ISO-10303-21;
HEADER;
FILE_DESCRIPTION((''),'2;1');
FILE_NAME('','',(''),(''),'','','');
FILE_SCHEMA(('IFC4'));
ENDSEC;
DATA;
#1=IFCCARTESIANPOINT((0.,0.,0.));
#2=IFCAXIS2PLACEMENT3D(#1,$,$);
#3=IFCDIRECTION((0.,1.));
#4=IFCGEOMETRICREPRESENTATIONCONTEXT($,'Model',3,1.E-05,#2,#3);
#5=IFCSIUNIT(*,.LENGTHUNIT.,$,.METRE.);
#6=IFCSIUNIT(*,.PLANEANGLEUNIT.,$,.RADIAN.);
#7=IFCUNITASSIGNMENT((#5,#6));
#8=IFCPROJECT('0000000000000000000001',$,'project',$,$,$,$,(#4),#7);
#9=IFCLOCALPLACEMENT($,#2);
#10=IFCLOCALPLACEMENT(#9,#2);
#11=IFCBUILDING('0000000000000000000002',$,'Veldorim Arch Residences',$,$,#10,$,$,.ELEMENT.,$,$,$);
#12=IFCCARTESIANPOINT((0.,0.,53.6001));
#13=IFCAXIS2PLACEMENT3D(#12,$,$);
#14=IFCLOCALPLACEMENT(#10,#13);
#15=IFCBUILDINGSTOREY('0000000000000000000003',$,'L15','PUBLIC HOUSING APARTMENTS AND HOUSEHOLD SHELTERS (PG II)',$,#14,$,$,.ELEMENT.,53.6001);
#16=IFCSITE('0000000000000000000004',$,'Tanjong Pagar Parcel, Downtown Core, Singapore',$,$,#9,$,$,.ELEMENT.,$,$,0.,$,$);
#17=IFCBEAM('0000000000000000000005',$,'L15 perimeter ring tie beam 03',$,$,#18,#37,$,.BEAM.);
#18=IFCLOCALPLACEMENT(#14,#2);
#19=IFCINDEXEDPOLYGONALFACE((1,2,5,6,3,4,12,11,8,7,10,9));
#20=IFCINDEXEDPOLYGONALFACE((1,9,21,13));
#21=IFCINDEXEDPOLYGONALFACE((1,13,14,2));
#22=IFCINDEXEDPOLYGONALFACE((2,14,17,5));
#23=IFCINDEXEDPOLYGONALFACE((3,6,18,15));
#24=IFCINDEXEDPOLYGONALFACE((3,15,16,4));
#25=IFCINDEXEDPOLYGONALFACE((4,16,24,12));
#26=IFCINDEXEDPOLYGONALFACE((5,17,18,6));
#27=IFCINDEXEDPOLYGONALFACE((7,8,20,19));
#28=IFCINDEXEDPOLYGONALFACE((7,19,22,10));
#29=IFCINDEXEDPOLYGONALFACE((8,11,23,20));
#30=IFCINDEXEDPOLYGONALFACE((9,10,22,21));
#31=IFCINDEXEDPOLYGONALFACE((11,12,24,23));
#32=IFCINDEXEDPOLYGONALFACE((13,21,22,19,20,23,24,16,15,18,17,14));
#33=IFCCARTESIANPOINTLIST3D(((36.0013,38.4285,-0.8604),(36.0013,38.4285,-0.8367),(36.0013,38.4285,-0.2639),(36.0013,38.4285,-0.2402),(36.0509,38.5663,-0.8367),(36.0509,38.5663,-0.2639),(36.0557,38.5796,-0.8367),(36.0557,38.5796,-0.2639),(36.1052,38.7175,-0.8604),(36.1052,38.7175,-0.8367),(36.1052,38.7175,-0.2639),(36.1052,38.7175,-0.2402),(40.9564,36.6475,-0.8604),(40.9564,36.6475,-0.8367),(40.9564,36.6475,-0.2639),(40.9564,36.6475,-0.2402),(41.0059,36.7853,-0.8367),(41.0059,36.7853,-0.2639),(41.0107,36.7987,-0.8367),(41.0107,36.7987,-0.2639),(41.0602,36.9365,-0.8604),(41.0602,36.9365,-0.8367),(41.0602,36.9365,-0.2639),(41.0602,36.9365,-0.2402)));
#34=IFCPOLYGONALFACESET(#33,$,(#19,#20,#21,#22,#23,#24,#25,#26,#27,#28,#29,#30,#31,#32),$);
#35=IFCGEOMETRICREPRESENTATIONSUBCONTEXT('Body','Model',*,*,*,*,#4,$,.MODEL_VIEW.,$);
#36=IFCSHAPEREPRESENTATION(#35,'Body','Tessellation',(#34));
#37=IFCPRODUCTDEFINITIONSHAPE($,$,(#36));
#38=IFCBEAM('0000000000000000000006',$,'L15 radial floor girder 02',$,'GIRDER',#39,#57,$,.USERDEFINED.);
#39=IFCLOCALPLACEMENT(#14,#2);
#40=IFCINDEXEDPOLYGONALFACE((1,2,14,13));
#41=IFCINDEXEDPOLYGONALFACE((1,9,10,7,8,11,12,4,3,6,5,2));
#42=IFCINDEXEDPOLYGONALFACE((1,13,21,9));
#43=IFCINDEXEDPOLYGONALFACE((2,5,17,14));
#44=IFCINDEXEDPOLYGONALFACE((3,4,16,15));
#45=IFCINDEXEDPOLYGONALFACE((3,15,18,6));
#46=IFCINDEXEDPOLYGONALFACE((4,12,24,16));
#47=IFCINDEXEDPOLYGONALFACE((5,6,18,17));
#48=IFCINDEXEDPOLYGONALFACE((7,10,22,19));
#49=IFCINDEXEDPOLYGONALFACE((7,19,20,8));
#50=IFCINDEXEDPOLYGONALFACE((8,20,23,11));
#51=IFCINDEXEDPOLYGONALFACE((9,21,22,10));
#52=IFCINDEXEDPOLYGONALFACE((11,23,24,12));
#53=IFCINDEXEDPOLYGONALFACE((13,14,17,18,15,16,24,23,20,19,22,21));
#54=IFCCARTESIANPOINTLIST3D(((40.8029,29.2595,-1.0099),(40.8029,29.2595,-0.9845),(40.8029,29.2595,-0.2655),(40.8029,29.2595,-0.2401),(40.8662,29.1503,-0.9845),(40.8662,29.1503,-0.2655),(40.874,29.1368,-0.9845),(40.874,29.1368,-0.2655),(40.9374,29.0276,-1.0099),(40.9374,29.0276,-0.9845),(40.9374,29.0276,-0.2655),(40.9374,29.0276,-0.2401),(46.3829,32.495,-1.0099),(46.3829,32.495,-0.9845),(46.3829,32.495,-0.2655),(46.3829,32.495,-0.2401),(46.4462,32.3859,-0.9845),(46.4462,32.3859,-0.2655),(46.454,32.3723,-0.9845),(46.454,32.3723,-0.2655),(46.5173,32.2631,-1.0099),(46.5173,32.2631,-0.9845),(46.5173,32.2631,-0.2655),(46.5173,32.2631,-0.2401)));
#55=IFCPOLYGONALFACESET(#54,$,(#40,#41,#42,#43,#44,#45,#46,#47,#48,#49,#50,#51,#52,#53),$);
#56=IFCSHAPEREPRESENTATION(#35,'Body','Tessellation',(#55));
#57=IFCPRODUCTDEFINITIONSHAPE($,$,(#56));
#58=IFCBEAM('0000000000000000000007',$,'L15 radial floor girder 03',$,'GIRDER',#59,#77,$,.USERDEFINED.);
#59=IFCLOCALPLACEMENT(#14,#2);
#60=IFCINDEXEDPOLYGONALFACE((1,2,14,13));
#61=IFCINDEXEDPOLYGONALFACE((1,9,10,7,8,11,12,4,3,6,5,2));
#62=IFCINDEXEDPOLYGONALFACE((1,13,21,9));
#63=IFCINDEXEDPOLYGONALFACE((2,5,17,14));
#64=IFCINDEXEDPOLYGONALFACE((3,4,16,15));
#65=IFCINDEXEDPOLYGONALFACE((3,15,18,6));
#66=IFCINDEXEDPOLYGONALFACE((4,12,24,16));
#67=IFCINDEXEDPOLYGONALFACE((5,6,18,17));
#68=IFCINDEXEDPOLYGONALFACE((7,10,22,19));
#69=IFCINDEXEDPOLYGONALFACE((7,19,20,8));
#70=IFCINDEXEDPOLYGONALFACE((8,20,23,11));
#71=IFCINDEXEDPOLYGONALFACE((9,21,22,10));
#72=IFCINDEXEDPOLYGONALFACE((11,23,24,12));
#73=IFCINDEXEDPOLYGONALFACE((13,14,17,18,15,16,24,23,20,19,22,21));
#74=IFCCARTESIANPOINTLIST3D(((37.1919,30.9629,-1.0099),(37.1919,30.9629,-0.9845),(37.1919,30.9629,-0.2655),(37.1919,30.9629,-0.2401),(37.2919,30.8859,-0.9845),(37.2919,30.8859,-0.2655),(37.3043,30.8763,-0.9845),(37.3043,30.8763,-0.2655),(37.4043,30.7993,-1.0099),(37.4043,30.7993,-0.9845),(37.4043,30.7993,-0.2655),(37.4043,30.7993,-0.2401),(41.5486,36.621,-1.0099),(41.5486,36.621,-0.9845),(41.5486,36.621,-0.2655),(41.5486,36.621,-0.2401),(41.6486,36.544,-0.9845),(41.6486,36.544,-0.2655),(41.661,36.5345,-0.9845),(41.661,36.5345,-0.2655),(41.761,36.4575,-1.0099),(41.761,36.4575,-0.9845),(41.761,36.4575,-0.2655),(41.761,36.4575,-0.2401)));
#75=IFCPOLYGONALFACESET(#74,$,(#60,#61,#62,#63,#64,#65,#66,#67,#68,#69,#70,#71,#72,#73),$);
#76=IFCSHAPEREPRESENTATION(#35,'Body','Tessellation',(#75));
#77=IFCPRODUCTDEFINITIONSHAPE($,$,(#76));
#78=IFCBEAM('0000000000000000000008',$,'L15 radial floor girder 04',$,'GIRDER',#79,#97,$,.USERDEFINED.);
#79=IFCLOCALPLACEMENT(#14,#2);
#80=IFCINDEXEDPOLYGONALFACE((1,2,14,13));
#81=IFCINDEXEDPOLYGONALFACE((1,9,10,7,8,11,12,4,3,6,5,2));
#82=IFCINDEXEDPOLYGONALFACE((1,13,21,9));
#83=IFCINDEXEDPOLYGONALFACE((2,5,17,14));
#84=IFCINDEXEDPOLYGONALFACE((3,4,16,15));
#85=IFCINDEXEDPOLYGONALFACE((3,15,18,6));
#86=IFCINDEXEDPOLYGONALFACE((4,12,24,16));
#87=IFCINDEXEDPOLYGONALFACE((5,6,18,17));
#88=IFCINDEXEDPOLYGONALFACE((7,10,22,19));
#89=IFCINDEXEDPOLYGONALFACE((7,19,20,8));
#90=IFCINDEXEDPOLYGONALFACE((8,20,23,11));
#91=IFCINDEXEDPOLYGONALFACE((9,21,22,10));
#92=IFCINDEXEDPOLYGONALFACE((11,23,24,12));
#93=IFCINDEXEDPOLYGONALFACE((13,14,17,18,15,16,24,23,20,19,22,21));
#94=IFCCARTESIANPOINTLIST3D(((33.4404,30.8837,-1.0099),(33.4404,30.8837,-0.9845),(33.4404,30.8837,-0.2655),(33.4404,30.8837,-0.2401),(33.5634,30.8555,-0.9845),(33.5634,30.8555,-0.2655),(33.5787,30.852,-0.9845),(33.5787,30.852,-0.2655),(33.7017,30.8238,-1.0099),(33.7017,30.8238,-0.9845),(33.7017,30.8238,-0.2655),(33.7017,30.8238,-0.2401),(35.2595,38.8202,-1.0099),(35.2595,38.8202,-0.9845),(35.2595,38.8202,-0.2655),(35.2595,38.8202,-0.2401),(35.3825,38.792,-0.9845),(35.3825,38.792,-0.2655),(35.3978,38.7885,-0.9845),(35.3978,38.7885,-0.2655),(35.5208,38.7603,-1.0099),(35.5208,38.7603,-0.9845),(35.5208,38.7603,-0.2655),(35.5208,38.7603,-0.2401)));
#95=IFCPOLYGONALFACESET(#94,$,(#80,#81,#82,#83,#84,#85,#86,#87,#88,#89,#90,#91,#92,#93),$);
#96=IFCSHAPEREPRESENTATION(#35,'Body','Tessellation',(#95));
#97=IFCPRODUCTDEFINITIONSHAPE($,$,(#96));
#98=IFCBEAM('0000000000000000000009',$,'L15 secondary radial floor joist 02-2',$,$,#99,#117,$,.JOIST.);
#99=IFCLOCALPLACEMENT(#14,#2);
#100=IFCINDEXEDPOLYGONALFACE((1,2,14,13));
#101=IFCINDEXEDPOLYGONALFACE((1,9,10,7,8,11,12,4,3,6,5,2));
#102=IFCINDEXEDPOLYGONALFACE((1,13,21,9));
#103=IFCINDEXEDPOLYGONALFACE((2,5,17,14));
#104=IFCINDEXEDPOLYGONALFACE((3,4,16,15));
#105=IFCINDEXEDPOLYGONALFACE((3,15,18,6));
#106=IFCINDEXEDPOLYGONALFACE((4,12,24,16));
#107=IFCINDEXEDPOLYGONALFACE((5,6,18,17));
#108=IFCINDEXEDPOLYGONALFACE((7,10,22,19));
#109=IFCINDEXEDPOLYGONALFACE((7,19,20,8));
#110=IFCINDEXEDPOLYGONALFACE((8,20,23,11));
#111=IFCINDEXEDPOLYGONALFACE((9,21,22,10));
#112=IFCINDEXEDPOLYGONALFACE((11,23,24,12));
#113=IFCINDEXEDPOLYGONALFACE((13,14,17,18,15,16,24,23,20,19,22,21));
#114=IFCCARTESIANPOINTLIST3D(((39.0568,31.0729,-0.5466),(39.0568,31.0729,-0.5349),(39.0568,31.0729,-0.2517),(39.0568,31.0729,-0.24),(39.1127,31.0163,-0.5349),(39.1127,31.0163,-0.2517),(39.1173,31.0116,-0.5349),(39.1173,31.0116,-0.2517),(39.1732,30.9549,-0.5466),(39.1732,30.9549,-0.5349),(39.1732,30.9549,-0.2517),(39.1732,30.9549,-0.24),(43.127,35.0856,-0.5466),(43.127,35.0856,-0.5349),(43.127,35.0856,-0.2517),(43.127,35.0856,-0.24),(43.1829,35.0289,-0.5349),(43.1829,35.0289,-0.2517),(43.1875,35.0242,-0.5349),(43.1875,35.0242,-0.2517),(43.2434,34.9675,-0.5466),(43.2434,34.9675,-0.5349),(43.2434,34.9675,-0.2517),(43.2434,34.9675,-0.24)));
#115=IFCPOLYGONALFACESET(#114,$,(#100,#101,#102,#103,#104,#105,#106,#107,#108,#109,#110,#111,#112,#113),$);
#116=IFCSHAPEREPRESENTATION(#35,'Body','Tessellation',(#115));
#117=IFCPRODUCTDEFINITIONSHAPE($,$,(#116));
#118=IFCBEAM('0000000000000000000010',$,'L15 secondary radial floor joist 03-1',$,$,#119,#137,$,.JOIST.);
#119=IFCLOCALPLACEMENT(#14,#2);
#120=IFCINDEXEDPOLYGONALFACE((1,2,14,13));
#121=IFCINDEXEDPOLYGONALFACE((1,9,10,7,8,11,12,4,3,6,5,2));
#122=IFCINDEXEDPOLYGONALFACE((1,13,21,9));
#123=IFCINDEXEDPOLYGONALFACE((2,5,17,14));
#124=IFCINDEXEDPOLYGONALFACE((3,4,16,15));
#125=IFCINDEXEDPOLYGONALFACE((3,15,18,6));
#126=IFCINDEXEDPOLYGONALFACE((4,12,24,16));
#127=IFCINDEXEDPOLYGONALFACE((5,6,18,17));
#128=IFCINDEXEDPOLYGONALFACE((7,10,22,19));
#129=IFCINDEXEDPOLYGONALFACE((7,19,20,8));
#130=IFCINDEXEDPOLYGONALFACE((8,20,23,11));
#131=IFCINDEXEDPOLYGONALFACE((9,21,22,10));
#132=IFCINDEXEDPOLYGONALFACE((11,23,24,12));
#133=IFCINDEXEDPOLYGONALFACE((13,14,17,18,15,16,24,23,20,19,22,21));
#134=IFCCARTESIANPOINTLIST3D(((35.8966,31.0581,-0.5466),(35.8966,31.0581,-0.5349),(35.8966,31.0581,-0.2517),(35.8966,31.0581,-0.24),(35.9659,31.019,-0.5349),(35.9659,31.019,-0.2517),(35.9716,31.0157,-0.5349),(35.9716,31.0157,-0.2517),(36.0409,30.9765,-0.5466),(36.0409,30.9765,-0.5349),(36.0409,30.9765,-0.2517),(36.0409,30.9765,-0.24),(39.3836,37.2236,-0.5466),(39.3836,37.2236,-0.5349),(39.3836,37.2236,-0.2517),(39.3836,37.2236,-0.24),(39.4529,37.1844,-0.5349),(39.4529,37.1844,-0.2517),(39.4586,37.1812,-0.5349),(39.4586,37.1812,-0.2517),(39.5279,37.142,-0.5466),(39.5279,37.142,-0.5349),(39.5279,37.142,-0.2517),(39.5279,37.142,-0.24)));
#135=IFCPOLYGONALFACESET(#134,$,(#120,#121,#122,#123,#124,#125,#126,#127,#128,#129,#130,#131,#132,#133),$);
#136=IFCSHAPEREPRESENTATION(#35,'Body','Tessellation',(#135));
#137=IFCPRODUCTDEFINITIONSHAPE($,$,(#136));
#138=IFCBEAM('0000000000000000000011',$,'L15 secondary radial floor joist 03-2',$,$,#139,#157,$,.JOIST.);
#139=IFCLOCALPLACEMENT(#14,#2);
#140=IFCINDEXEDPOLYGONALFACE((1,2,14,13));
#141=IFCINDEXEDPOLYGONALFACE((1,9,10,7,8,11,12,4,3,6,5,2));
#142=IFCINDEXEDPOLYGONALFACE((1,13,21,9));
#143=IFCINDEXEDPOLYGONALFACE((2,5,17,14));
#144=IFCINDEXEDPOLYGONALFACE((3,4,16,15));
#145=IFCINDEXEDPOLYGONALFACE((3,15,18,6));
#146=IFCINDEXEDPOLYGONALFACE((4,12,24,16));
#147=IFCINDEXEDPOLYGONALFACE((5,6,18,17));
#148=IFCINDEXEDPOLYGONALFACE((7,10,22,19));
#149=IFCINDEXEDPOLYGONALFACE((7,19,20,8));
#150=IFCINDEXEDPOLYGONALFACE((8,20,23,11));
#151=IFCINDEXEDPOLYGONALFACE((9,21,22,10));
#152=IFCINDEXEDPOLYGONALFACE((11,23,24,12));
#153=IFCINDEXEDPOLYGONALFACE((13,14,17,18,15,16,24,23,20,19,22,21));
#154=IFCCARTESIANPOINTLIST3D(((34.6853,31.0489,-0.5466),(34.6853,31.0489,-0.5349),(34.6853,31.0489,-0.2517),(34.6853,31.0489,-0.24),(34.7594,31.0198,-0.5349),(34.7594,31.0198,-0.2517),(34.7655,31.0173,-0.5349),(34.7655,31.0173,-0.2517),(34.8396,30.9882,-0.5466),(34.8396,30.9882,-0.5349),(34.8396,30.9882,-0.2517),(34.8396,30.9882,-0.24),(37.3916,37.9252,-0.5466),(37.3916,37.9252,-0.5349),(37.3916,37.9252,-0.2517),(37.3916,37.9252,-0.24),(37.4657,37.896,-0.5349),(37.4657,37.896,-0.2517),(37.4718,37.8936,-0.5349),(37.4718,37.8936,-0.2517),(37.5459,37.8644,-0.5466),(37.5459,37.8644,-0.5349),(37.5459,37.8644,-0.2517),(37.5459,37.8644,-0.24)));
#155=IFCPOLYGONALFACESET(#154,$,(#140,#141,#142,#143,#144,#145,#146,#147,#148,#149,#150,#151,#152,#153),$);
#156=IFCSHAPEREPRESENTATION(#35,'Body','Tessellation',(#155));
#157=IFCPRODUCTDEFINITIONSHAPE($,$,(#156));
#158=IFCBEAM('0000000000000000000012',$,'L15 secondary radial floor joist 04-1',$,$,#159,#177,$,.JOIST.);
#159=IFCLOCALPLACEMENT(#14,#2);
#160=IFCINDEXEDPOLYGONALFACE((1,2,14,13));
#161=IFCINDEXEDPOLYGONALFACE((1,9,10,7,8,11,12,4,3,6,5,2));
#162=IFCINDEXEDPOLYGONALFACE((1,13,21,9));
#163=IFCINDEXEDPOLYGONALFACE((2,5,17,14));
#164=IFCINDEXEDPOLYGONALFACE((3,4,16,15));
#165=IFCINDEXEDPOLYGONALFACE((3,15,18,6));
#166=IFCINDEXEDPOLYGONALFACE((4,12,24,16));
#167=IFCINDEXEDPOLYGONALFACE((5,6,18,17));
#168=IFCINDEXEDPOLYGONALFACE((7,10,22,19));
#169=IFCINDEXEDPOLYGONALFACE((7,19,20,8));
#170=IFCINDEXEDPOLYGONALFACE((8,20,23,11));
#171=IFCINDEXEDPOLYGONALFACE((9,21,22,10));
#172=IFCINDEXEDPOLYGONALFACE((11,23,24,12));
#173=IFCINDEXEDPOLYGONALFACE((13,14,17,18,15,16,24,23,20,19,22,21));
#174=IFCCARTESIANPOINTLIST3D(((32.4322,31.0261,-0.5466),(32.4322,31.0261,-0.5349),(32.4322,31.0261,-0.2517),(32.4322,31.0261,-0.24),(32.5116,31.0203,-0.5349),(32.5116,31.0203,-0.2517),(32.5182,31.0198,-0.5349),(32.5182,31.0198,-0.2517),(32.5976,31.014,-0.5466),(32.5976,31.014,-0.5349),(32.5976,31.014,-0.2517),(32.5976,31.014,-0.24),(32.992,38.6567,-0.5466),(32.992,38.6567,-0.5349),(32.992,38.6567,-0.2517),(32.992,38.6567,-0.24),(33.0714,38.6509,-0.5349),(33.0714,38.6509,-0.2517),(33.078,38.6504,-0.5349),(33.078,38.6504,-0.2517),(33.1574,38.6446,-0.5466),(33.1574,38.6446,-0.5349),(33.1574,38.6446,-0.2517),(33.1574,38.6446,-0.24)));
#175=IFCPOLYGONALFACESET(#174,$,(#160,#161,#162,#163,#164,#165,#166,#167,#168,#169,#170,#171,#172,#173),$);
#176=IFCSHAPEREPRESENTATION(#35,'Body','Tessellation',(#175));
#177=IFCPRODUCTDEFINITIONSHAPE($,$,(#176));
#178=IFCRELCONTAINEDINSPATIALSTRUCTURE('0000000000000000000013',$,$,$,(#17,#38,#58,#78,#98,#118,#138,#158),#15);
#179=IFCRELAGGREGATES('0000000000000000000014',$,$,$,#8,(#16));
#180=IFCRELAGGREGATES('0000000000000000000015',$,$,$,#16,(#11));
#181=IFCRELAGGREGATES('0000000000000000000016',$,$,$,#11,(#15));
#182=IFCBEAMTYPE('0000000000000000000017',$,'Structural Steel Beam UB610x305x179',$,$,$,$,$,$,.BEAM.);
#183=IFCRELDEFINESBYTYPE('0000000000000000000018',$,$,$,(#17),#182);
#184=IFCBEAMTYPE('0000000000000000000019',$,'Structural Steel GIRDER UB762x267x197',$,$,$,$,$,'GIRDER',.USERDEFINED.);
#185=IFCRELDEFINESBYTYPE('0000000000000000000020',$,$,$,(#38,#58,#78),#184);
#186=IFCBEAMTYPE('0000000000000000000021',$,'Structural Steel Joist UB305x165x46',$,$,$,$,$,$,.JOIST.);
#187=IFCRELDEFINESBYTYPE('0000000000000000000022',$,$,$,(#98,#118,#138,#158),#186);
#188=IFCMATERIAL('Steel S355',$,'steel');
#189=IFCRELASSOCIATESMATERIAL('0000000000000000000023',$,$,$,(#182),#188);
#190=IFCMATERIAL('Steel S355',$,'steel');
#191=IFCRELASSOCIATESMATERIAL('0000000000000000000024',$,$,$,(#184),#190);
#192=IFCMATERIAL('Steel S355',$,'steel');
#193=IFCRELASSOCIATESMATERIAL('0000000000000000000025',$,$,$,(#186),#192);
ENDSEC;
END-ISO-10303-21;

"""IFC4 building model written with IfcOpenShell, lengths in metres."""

from ifc_helpers import new_model, si_unit, direction, frame, origin, origin_2d, place, context, subcontext, project, spatial, i_section, extrude, material, material_profile, profile_set, type_object, element, save


model = new_model("IFC4")

# Units and contexts
model_context = context("Model", 3, precision=1e-05, world=origin(), true_north=direction((0.0, 1.0)))
body_context = subcontext(model_context, "Body", "Model", "MODEL_VIEW")
ifc_project = project(units=[si_unit("LENGTHUNIT", "METRE"), si_unit("PLANEANGLEUNIT", "RADIAN")], contexts=[model_context])

# Site, building, storey
site_placement = place(None, origin())
site = spatial("IfcSite", under=ifc_project, at=site_placement, Name="Tanjong Pagar Parcel, Downtown Core, Singapore", CompositionType="ELEMENT", RefElevation=0.0)
building_placement = place(site_placement, origin())
building = spatial("IfcBuilding", under=site, at=building_placement, Name="Veldorim Arch Residences", CompositionType="ELEMENT")
storey_placement = place(building_placement, frame((0.0, 0.0, 53.6001)))
storey = spatial("IfcBuildingStorey", under=building, at=storey_placement, Name="L15", Description="PUBLIC HOUSING APARTMENTS AND HOUSEHOLD SHELTERS (PG II)", CompositionType="ELEMENT", Elevation=53.6001)

# Beams
ifc_material_1 = material(Name="Steel S355", Category="steel")
ifc_material_profile_1 = material_profile(ifc_material_1, i_section(OverallWidth=0.3071, OverallDepth=0.6201, WebThickness=0.0142, FlangeThickness=0.0237, at=origin_2d()), Name="UB610x305x179")
ifc_profile_set_1 = profile_set([ifc_material_profile_1], Name="Steel S355")
beam_type_1 = type_object("IfcBeamType", Name="Structural Steel Beam UB610x305x179", PredefinedType="BEAM", material=ifc_profile_set_1)
beam_1_placement = place(storey_placement, frame((41.0083, 36.792, -0.5503), z_axis=(-0.941058, 0.338245, 0.0), x_axis=(-0.338245, -0.941058, 0.0)))
element("IfcBeam", 1, at=beam_1_placement, inside=storey, type_object=beam_type_1, Name="L15 perimeter ring tie beam 03", PredefinedType="BEAM", context=body_context, shape_type="SweptSolid", body=[
    extrude(i_section(OverallWidth=0.3071, OverallDepth=0.6201, WebThickness=0.0142, FlangeThickness=0.0237, at=origin_2d()), origin(), (0.0, 0.0, 1.0), 5.2654),
])
ifc_material_2 = material(Name="Steel S355", Category="steel")
ifc_material_profile_2 = material_profile(ifc_material_2, i_section(OverallWidth=0.2681, OverallDepth=0.7698, WebThickness=0.0156, FlangeThickness=0.0254, at=origin_2d()), Name="UB762x267x197")
ifc_profile_set_2 = profile_set([ifc_material_profile_2], Name="Steel S355")
beam_type_2 = type_object("IfcBeamType", Name="Structural Steel GIRDER UB762x267x197", ElementType="GIRDER", PredefinedType="USERDEFINED", material=ifc_profile_set_2)
beam_2_placement = place(storey_placement, frame((40.8701, 29.1436, -0.625), z_axis=(0.865088, 0.50162, 0.0), x_axis=(-0.50162, 0.865088, 0.0)))
element("IfcBeam", 2, at=beam_2_placement, inside=storey, type_object=beam_type_2, Name="L15 radial floor girder 02", ObjectType="GIRDER", PredefinedType="USERDEFINED", context=body_context, shape_type="SweptSolid", body=[
    extrude(i_section(OverallWidth=0.2681, OverallDepth=0.7698, WebThickness=0.0156, FlangeThickness=0.0254, at=origin_2d()), origin(), (0.0, 0.0, 1.0), 6.4502),
])
beam_3_placement = place(storey_placement, frame((37.2981, 30.8811, -0.625), z_axis=(0.610082, 0.792338, 0.0), x_axis=(-0.792338, 0.610082, 0.0)))
element("IfcBeam", 3, at=beam_3_placement, inside=storey, type_object=beam_type_2, Name="L15 radial floor girder 03", ObjectType="GIRDER", PredefinedType="USERDEFINED", context=body_context, shape_type="SweptSolid", body=[
    extrude(i_section(OverallWidth=0.2681, OverallDepth=0.7698, WebThickness=0.0156, FlangeThickness=0.0254, at=origin_2d()), origin(), (0.0, 0.0, 1.0), 7.1411),
])
beam_4_placement = place(storey_placement, frame((33.571, 30.8538, -0.625), z_axis=(0.223412, 0.974724, 0.0), x_axis=(-0.974724, 0.223412, 0.0)))
element("IfcBeam", 4, at=beam_4_placement, inside=storey, type_object=beam_type_2, Name="L15 radial floor girder 04", ObjectType="GIRDER", PredefinedType="USERDEFINED", context=body_context, shape_type="SweptSolid", body=[
    extrude(i_section(OverallWidth=0.2681, OverallDepth=0.7698, WebThickness=0.0156, FlangeThickness=0.0254, at=origin_2d()), origin(), (0.0, 0.0, 1.0), 8.1423),
])
ifc_material_3 = material(Name="Steel S355", Category="steel")
ifc_material_profile_3 = material_profile(ifc_material_3, i_section(OverallWidth=0.1658, OverallDepth=0.3066, WebThickness=0.0066, FlangeThickness=0.0117, at=origin_2d()), Name="UB305x165x46")
ifc_profile_set_3 = profile_set([ifc_material_profile_3], Name="Steel S355")
beam_type_3 = type_object("IfcBeamType", Name="Structural Steel Joist UB305x165x46", PredefinedType="JOIST", material=ifc_profile_set_3)
beam_5_placement = place(storey_placement, frame((39.115, 31.0139, -0.3933), z_axis=(0.712129, 0.702049, 0.0), x_axis=(-0.702049, 0.712129, 0.0)))
element("IfcBeam", 5, at=beam_5_placement, inside=storey, type_object=beam_type_3, Name="L15 secondary radial floor joist 02-2", PredefinedType="JOIST", context=body_context, shape_type="SweptSolid", body=[
    extrude(i_section(OverallWidth=0.1658, OverallDepth=0.3066, WebThickness=0.0066, FlangeThickness=0.0117, at=origin_2d()), origin(), (0.0, 0.0, 1.0), 5.7156),
])
beam_6_placement = place(storey_placement, frame((35.9688, 31.0173, -0.3933), z_axis=(0.492292, 0.87043, 0.0), x_axis=(-0.87043, 0.492292, 0.0)))
element("IfcBeam", 6, at=beam_6_placement, inside=storey, type_object=beam_type_3, Name="L15 secondary radial floor joist 03-1", PredefinedType="JOIST", context=body_context, shape_type="SweptSolid", body=[
    extrude(i_section(OverallWidth=0.1658, OverallDepth=0.3066, WebThickness=0.0066, FlangeThickness=0.0117, at=origin_2d()), origin(), (0.0, 0.0, 1.0), 7.0833),
])
beam_7_placement = place(storey_placement, frame((34.7625, 31.0186, -0.3933), z_axis=(0.36623, 0.930524, 0.0), x_axis=(-0.930524, 0.36623, 0.0)))
element("IfcBeam", 7, at=beam_7_placement, inside=storey, type_object=beam_type_3, Name="L15 secondary radial floor joist 03-2", PredefinedType="JOIST", context=body_context, shape_type="SweptSolid", body=[
    extrude(i_section(OverallWidth=0.1658, OverallDepth=0.3066, WebThickness=0.0066, FlangeThickness=0.0117, at=origin_2d()), origin(), (0.0, 0.0, 1.0), 7.3896),
])
beam_8_placement = place(storey_placement, frame((32.5149, 31.02, -0.3933), z_axis=(0.073168, 0.99732, 0.0), x_axis=(-0.99732, 0.073168, 0.0)))
element("IfcBeam", 8, at=beam_8_placement, inside=storey, type_object=beam_type_3, Name="L15 secondary radial floor joist 04-1", PredefinedType="JOIST", context=body_context, shape_type="SweptSolid", body=[
    extrude(i_section(OverallWidth=0.1658, OverallDepth=0.3066, WebThickness=0.0066, FlangeThickness=0.0117, at=origin_2d()), origin(), (0.0, 0.0, 1.0), 7.6511),
])

save(model, "model.ifc")
